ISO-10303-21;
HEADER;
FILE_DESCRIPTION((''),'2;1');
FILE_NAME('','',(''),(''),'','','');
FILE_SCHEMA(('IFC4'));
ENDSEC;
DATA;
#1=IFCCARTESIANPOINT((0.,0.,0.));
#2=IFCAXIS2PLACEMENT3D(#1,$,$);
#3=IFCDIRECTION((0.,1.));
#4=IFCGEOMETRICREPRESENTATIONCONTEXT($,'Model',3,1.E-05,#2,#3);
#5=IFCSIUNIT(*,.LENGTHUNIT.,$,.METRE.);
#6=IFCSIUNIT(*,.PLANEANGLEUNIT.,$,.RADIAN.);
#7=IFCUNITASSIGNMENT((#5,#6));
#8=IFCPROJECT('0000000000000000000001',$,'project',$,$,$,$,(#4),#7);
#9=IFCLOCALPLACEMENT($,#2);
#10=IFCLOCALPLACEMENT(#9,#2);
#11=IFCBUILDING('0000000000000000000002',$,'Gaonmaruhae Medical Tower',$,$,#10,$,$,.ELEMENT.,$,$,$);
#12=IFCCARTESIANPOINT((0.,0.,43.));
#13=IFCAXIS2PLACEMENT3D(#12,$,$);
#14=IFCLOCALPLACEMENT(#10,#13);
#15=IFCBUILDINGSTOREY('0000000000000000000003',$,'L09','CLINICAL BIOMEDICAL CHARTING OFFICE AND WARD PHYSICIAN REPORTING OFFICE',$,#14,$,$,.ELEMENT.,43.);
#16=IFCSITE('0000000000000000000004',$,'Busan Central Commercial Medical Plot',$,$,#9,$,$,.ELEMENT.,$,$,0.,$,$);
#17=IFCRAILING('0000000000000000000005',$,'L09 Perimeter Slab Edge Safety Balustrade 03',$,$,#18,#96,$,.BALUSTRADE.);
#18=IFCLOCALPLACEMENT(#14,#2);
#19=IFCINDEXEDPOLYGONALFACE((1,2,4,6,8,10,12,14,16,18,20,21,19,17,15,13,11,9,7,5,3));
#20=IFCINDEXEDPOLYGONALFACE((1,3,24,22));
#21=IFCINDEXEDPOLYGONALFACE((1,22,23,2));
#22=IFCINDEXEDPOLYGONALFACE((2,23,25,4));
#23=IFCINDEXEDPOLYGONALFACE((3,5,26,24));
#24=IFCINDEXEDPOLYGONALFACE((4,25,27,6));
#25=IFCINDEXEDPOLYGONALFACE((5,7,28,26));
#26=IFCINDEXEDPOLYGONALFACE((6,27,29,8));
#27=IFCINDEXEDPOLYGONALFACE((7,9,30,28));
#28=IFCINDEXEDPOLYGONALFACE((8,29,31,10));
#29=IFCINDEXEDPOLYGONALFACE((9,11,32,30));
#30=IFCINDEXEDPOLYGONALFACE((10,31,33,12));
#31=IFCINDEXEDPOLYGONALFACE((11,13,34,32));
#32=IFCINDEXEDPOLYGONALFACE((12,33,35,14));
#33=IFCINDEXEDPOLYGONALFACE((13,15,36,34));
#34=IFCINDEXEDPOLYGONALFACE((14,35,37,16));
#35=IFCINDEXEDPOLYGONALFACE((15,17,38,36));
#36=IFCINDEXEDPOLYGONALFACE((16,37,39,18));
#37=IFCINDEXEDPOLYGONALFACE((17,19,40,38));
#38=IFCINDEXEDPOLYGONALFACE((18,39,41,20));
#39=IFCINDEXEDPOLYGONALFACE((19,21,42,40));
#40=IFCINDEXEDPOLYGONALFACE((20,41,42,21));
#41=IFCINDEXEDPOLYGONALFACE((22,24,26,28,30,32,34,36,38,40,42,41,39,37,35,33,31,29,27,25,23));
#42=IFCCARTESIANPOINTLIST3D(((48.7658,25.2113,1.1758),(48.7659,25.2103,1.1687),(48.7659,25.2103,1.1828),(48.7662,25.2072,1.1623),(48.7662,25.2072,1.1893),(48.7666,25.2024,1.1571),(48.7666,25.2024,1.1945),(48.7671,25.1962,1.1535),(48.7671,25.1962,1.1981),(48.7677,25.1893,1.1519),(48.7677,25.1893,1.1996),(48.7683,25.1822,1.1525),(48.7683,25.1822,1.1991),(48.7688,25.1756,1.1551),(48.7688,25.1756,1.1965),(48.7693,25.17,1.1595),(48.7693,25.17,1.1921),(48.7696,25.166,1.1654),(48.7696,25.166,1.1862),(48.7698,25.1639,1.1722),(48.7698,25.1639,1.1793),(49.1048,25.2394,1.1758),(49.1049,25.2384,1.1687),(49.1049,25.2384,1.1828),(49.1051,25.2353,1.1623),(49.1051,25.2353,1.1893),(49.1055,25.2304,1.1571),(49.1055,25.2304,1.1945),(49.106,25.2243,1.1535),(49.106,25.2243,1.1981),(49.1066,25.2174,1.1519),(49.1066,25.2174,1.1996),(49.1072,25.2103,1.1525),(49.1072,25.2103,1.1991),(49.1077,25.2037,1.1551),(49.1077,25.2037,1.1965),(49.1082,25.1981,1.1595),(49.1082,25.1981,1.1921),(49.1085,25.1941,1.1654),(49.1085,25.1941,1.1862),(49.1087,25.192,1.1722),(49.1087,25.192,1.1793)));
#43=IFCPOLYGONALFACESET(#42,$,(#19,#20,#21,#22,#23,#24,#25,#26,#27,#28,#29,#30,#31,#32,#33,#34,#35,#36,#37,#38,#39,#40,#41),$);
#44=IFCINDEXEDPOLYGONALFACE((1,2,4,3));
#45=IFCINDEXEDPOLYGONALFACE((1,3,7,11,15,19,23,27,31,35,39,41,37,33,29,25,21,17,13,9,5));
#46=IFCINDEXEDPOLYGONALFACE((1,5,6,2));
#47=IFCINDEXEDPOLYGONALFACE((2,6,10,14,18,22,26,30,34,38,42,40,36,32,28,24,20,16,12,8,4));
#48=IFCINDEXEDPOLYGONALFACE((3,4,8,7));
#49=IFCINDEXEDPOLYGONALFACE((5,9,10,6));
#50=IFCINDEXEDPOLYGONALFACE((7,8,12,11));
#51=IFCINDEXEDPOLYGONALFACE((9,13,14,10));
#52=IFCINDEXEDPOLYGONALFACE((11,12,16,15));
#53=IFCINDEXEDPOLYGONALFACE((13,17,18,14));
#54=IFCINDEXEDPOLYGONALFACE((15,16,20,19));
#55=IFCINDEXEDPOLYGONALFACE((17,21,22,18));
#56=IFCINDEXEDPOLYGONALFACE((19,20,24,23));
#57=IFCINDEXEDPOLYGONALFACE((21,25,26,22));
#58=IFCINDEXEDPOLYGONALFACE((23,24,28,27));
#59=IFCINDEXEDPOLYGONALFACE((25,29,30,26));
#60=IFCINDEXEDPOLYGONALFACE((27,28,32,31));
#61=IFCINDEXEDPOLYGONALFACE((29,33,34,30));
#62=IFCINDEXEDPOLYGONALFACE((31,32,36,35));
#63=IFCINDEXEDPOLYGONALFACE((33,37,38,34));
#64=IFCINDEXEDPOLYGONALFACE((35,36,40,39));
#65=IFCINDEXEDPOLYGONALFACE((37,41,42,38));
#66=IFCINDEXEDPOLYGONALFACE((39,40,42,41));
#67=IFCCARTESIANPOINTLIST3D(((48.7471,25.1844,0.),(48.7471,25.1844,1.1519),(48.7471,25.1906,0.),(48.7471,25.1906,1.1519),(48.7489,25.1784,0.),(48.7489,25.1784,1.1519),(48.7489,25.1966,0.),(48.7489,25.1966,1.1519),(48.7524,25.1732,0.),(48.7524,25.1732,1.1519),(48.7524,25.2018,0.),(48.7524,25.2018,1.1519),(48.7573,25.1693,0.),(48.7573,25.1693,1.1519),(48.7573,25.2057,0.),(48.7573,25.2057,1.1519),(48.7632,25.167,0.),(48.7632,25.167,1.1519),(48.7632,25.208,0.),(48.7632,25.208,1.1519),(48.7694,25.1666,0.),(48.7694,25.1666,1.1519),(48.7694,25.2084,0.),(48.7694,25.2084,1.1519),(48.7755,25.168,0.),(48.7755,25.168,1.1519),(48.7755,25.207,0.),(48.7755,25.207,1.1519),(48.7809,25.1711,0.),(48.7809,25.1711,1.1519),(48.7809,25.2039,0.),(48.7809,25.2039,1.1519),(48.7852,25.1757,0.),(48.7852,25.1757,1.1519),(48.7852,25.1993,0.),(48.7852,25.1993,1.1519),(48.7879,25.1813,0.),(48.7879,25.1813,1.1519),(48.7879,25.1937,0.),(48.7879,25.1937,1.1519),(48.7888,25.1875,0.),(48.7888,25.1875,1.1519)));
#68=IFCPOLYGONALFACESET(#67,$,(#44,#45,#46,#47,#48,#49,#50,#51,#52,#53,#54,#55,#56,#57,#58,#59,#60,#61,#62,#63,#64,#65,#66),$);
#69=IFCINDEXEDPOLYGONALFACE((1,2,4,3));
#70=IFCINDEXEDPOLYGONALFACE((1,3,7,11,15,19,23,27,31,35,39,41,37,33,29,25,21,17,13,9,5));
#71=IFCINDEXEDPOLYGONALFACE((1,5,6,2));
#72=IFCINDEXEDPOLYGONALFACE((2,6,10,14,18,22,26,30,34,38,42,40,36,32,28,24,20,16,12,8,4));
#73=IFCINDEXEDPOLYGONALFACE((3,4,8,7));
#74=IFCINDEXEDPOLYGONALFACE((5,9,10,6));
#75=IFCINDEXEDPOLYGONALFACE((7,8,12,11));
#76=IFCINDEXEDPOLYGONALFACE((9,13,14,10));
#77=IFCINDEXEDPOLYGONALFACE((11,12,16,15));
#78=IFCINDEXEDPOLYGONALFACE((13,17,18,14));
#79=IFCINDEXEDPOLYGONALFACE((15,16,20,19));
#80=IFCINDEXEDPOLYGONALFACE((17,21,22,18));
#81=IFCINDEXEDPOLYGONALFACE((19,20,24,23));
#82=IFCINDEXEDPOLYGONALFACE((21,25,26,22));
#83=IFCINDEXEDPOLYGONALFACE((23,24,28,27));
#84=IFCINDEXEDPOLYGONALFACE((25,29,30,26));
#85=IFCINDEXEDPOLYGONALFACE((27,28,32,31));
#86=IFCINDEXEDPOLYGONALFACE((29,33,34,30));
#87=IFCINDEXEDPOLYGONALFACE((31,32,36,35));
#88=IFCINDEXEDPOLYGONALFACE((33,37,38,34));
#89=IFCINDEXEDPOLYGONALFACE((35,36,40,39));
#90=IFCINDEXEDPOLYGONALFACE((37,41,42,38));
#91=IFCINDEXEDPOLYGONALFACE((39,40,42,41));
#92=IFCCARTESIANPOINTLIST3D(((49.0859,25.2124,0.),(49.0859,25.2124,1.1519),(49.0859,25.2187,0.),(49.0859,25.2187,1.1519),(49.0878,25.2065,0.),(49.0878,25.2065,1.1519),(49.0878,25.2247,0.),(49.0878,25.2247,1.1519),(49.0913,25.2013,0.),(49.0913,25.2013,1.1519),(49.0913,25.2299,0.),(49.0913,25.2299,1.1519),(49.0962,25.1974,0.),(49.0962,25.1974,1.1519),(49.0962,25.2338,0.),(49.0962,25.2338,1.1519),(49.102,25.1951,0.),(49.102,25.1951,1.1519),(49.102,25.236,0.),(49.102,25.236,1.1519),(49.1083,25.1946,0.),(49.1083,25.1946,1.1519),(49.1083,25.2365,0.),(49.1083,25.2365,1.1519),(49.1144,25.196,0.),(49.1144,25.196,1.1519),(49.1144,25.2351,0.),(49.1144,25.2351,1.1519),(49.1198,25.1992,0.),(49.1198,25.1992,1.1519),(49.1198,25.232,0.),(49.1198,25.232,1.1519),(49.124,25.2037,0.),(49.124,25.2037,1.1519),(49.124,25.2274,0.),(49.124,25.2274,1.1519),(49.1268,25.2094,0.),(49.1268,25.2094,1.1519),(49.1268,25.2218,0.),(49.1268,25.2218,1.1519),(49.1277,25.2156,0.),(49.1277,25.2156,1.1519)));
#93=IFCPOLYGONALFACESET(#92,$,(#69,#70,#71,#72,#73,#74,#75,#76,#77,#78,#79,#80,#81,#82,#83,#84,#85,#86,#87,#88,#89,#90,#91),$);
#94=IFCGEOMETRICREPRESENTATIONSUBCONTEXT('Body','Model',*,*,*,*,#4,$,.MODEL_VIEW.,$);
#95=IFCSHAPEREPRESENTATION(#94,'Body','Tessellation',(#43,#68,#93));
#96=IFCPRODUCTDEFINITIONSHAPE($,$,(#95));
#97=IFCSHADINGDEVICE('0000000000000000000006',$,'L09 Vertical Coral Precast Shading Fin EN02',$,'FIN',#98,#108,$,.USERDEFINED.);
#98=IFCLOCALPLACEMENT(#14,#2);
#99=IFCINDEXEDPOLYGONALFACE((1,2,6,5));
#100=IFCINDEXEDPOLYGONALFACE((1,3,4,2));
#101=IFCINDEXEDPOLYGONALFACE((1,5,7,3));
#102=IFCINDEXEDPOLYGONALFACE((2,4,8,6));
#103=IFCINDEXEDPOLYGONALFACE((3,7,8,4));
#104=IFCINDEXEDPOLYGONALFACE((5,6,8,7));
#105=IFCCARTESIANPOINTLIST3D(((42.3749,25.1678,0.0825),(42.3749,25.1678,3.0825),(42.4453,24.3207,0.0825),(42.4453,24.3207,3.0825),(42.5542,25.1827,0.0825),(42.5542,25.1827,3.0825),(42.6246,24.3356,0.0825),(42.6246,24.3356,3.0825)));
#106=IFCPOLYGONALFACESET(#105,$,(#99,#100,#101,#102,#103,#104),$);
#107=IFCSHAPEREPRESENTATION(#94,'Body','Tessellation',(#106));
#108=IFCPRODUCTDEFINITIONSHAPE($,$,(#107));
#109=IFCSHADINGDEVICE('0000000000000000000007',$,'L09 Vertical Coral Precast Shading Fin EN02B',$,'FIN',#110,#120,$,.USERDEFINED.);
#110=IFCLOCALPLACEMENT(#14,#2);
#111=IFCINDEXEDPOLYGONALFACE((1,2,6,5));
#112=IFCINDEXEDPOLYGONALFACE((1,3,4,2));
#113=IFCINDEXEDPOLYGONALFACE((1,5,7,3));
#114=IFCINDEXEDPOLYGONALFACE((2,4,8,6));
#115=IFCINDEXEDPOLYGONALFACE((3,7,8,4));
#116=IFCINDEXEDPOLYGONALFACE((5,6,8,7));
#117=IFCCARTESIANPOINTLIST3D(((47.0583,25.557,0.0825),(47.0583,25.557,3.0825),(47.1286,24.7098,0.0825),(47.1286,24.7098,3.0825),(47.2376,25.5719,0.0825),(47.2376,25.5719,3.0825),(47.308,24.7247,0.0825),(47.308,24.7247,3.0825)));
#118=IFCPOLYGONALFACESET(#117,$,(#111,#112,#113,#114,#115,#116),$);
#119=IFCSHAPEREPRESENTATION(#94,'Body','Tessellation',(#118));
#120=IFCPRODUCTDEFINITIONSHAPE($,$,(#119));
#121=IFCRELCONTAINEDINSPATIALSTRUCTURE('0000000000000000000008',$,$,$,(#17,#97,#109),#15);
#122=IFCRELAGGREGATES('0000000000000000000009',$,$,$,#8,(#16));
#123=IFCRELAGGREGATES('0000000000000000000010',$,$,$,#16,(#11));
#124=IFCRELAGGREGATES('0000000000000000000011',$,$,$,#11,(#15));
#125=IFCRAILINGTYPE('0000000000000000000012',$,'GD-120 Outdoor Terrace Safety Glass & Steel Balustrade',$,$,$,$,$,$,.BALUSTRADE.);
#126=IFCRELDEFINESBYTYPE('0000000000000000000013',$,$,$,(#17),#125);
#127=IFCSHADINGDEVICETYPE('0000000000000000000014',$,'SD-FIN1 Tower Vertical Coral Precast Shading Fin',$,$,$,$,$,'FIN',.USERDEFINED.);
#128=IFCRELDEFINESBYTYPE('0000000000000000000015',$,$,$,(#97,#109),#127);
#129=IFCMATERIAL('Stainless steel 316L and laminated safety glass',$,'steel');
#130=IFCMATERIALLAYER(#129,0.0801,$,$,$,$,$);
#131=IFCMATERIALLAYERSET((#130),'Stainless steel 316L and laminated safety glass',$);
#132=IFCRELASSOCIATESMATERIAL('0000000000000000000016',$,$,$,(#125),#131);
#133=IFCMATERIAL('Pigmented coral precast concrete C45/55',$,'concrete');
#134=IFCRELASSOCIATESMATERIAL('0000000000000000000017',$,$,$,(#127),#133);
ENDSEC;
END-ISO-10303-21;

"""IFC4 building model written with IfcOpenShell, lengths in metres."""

from ifc_helpers import new_model, si_unit, direction, frame, origin, origin_2d, place, context, subcontext, project, spatial, rectangle, circle, extrude, material, layer, layer_set, type_object, element, save


model = new_model("IFC4")

# Units and contexts
model_context = context("Model", 3, precision=1e-05, world=origin(), true_north=direction((0.0, 1.0)))
body_context = subcontext(model_context, "Body", "Model", "MODEL_VIEW")
ifc_project = project(units=[si_unit("LENGTHUNIT", "METRE"), si_unit("PLANEANGLEUNIT", "RADIAN")], contexts=[model_context])

# Site, building, storey
site_placement = place(None, origin())
site = spatial("IfcSite", under=ifc_project, at=site_placement, Name="Busan Central Commercial Medical Plot", CompositionType="ELEMENT", RefElevation=0.0)
building_placement = place(site_placement, origin())
building = spatial("IfcBuilding", under=site, at=building_placement, Name="Gaonmaruhae Medical Tower", CompositionType="ELEMENT")
storey_placement = place(building_placement, frame((0.0, 0.0, 43.0)))
storey = spatial("IfcBuildingStorey", under=building, at=storey_placement, Name="L09", Description="CLINICAL BIOMEDICAL CHARTING OFFICE AND WARD PHYSICIAN REPORTING OFFICE", CompositionType="ELEMENT", Elevation=43.0)

# Railing
ifc_material_1 = material(Name="Stainless steel 316L and laminated safety glass", Category="steel")
ifc_layer_1 = layer(ifc_material_1, 0.0801)
ifc_layer_set_1 = layer_set([ifc_layer_1], Name="Stainless steel 316L and laminated safety glass")
railing_type = type_object("IfcRailingType", Name="GD-120 Outdoor Terrace Safety Glass & Steel Balustrade", PredefinedType="BALUSTRADE", material=ifc_layer_set_1)
railing_placement = place(storey_placement, frame((48.7678, 25.1875, 0.0)))
element("IfcRailing", 1, at=railing_placement, inside=storey, type_object=railing_type, Name="L09 Perimeter Slab Edge Safety Balustrade 03", PredefinedType="BALUSTRADE", context=body_context, shape_type="SweptSolid", body=[
    extrude(circle(Radius=0.0239, at=origin_2d()), frame((0.0, 0.0, 1.1758), z_axis=(0.996585, 0.08257, 0.0), x_axis=(-0.08257, 0.996585, 0.0)), (0.0, 0.0, 1.0), 0.3401),
    extrude(circle(Radius=0.021, at=origin_2d()), origin(), (0.0, 0.0, 1.0), 1.1519),
    extrude(circle(Radius=0.021, at=origin_2d()), frame((0.3389, 0.0281, 0.0)), (0.0, 0.0, 1.0), 1.1519),
])

# Shading devices
ifc_material_2 = material(Name="Pigmented coral precast concrete C45/55", Category="concrete")
shading_device_type = type_object("IfcShadingDeviceType", Name="SD-FIN1 Tower Vertical Coral Precast Shading Fin", ElementType="FIN", PredefinedType="USERDEFINED", material=ifc_material_2)
for number, where, z_axis, x_axis, name in (
    (2, (42.4998, 24.7517, 0.0825), (0.0, 0.0, 1.0), (0.996566, 0.082808, 0.0), "L09 Vertical Coral Precast Shading Fin EN02"),
    (3, (47.1831, 25.1409, 0.0825), (0.0, 0.0, 1.0), (0.996566, 0.082808, 0.0), "L09 Vertical Coral Precast Shading Fin EN02B"),
):
    element("IfcShadingDevice", number, at=place(storey_placement, frame(where, z_axis=z_axis, x_axis=x_axis)), inside=storey, type_object=shading_device_type, Name=name, ObjectType="FIN", PredefinedType="USERDEFINED", context=body_context, shape_type="SweptSolid", body=[
        extrude(rectangle(XDim=0.1799, YDim=0.8501, at=origin_2d()), origin(), (0.0, 0.0, 1.0), 3.0),
    ])

save(model, "model.ifc")
